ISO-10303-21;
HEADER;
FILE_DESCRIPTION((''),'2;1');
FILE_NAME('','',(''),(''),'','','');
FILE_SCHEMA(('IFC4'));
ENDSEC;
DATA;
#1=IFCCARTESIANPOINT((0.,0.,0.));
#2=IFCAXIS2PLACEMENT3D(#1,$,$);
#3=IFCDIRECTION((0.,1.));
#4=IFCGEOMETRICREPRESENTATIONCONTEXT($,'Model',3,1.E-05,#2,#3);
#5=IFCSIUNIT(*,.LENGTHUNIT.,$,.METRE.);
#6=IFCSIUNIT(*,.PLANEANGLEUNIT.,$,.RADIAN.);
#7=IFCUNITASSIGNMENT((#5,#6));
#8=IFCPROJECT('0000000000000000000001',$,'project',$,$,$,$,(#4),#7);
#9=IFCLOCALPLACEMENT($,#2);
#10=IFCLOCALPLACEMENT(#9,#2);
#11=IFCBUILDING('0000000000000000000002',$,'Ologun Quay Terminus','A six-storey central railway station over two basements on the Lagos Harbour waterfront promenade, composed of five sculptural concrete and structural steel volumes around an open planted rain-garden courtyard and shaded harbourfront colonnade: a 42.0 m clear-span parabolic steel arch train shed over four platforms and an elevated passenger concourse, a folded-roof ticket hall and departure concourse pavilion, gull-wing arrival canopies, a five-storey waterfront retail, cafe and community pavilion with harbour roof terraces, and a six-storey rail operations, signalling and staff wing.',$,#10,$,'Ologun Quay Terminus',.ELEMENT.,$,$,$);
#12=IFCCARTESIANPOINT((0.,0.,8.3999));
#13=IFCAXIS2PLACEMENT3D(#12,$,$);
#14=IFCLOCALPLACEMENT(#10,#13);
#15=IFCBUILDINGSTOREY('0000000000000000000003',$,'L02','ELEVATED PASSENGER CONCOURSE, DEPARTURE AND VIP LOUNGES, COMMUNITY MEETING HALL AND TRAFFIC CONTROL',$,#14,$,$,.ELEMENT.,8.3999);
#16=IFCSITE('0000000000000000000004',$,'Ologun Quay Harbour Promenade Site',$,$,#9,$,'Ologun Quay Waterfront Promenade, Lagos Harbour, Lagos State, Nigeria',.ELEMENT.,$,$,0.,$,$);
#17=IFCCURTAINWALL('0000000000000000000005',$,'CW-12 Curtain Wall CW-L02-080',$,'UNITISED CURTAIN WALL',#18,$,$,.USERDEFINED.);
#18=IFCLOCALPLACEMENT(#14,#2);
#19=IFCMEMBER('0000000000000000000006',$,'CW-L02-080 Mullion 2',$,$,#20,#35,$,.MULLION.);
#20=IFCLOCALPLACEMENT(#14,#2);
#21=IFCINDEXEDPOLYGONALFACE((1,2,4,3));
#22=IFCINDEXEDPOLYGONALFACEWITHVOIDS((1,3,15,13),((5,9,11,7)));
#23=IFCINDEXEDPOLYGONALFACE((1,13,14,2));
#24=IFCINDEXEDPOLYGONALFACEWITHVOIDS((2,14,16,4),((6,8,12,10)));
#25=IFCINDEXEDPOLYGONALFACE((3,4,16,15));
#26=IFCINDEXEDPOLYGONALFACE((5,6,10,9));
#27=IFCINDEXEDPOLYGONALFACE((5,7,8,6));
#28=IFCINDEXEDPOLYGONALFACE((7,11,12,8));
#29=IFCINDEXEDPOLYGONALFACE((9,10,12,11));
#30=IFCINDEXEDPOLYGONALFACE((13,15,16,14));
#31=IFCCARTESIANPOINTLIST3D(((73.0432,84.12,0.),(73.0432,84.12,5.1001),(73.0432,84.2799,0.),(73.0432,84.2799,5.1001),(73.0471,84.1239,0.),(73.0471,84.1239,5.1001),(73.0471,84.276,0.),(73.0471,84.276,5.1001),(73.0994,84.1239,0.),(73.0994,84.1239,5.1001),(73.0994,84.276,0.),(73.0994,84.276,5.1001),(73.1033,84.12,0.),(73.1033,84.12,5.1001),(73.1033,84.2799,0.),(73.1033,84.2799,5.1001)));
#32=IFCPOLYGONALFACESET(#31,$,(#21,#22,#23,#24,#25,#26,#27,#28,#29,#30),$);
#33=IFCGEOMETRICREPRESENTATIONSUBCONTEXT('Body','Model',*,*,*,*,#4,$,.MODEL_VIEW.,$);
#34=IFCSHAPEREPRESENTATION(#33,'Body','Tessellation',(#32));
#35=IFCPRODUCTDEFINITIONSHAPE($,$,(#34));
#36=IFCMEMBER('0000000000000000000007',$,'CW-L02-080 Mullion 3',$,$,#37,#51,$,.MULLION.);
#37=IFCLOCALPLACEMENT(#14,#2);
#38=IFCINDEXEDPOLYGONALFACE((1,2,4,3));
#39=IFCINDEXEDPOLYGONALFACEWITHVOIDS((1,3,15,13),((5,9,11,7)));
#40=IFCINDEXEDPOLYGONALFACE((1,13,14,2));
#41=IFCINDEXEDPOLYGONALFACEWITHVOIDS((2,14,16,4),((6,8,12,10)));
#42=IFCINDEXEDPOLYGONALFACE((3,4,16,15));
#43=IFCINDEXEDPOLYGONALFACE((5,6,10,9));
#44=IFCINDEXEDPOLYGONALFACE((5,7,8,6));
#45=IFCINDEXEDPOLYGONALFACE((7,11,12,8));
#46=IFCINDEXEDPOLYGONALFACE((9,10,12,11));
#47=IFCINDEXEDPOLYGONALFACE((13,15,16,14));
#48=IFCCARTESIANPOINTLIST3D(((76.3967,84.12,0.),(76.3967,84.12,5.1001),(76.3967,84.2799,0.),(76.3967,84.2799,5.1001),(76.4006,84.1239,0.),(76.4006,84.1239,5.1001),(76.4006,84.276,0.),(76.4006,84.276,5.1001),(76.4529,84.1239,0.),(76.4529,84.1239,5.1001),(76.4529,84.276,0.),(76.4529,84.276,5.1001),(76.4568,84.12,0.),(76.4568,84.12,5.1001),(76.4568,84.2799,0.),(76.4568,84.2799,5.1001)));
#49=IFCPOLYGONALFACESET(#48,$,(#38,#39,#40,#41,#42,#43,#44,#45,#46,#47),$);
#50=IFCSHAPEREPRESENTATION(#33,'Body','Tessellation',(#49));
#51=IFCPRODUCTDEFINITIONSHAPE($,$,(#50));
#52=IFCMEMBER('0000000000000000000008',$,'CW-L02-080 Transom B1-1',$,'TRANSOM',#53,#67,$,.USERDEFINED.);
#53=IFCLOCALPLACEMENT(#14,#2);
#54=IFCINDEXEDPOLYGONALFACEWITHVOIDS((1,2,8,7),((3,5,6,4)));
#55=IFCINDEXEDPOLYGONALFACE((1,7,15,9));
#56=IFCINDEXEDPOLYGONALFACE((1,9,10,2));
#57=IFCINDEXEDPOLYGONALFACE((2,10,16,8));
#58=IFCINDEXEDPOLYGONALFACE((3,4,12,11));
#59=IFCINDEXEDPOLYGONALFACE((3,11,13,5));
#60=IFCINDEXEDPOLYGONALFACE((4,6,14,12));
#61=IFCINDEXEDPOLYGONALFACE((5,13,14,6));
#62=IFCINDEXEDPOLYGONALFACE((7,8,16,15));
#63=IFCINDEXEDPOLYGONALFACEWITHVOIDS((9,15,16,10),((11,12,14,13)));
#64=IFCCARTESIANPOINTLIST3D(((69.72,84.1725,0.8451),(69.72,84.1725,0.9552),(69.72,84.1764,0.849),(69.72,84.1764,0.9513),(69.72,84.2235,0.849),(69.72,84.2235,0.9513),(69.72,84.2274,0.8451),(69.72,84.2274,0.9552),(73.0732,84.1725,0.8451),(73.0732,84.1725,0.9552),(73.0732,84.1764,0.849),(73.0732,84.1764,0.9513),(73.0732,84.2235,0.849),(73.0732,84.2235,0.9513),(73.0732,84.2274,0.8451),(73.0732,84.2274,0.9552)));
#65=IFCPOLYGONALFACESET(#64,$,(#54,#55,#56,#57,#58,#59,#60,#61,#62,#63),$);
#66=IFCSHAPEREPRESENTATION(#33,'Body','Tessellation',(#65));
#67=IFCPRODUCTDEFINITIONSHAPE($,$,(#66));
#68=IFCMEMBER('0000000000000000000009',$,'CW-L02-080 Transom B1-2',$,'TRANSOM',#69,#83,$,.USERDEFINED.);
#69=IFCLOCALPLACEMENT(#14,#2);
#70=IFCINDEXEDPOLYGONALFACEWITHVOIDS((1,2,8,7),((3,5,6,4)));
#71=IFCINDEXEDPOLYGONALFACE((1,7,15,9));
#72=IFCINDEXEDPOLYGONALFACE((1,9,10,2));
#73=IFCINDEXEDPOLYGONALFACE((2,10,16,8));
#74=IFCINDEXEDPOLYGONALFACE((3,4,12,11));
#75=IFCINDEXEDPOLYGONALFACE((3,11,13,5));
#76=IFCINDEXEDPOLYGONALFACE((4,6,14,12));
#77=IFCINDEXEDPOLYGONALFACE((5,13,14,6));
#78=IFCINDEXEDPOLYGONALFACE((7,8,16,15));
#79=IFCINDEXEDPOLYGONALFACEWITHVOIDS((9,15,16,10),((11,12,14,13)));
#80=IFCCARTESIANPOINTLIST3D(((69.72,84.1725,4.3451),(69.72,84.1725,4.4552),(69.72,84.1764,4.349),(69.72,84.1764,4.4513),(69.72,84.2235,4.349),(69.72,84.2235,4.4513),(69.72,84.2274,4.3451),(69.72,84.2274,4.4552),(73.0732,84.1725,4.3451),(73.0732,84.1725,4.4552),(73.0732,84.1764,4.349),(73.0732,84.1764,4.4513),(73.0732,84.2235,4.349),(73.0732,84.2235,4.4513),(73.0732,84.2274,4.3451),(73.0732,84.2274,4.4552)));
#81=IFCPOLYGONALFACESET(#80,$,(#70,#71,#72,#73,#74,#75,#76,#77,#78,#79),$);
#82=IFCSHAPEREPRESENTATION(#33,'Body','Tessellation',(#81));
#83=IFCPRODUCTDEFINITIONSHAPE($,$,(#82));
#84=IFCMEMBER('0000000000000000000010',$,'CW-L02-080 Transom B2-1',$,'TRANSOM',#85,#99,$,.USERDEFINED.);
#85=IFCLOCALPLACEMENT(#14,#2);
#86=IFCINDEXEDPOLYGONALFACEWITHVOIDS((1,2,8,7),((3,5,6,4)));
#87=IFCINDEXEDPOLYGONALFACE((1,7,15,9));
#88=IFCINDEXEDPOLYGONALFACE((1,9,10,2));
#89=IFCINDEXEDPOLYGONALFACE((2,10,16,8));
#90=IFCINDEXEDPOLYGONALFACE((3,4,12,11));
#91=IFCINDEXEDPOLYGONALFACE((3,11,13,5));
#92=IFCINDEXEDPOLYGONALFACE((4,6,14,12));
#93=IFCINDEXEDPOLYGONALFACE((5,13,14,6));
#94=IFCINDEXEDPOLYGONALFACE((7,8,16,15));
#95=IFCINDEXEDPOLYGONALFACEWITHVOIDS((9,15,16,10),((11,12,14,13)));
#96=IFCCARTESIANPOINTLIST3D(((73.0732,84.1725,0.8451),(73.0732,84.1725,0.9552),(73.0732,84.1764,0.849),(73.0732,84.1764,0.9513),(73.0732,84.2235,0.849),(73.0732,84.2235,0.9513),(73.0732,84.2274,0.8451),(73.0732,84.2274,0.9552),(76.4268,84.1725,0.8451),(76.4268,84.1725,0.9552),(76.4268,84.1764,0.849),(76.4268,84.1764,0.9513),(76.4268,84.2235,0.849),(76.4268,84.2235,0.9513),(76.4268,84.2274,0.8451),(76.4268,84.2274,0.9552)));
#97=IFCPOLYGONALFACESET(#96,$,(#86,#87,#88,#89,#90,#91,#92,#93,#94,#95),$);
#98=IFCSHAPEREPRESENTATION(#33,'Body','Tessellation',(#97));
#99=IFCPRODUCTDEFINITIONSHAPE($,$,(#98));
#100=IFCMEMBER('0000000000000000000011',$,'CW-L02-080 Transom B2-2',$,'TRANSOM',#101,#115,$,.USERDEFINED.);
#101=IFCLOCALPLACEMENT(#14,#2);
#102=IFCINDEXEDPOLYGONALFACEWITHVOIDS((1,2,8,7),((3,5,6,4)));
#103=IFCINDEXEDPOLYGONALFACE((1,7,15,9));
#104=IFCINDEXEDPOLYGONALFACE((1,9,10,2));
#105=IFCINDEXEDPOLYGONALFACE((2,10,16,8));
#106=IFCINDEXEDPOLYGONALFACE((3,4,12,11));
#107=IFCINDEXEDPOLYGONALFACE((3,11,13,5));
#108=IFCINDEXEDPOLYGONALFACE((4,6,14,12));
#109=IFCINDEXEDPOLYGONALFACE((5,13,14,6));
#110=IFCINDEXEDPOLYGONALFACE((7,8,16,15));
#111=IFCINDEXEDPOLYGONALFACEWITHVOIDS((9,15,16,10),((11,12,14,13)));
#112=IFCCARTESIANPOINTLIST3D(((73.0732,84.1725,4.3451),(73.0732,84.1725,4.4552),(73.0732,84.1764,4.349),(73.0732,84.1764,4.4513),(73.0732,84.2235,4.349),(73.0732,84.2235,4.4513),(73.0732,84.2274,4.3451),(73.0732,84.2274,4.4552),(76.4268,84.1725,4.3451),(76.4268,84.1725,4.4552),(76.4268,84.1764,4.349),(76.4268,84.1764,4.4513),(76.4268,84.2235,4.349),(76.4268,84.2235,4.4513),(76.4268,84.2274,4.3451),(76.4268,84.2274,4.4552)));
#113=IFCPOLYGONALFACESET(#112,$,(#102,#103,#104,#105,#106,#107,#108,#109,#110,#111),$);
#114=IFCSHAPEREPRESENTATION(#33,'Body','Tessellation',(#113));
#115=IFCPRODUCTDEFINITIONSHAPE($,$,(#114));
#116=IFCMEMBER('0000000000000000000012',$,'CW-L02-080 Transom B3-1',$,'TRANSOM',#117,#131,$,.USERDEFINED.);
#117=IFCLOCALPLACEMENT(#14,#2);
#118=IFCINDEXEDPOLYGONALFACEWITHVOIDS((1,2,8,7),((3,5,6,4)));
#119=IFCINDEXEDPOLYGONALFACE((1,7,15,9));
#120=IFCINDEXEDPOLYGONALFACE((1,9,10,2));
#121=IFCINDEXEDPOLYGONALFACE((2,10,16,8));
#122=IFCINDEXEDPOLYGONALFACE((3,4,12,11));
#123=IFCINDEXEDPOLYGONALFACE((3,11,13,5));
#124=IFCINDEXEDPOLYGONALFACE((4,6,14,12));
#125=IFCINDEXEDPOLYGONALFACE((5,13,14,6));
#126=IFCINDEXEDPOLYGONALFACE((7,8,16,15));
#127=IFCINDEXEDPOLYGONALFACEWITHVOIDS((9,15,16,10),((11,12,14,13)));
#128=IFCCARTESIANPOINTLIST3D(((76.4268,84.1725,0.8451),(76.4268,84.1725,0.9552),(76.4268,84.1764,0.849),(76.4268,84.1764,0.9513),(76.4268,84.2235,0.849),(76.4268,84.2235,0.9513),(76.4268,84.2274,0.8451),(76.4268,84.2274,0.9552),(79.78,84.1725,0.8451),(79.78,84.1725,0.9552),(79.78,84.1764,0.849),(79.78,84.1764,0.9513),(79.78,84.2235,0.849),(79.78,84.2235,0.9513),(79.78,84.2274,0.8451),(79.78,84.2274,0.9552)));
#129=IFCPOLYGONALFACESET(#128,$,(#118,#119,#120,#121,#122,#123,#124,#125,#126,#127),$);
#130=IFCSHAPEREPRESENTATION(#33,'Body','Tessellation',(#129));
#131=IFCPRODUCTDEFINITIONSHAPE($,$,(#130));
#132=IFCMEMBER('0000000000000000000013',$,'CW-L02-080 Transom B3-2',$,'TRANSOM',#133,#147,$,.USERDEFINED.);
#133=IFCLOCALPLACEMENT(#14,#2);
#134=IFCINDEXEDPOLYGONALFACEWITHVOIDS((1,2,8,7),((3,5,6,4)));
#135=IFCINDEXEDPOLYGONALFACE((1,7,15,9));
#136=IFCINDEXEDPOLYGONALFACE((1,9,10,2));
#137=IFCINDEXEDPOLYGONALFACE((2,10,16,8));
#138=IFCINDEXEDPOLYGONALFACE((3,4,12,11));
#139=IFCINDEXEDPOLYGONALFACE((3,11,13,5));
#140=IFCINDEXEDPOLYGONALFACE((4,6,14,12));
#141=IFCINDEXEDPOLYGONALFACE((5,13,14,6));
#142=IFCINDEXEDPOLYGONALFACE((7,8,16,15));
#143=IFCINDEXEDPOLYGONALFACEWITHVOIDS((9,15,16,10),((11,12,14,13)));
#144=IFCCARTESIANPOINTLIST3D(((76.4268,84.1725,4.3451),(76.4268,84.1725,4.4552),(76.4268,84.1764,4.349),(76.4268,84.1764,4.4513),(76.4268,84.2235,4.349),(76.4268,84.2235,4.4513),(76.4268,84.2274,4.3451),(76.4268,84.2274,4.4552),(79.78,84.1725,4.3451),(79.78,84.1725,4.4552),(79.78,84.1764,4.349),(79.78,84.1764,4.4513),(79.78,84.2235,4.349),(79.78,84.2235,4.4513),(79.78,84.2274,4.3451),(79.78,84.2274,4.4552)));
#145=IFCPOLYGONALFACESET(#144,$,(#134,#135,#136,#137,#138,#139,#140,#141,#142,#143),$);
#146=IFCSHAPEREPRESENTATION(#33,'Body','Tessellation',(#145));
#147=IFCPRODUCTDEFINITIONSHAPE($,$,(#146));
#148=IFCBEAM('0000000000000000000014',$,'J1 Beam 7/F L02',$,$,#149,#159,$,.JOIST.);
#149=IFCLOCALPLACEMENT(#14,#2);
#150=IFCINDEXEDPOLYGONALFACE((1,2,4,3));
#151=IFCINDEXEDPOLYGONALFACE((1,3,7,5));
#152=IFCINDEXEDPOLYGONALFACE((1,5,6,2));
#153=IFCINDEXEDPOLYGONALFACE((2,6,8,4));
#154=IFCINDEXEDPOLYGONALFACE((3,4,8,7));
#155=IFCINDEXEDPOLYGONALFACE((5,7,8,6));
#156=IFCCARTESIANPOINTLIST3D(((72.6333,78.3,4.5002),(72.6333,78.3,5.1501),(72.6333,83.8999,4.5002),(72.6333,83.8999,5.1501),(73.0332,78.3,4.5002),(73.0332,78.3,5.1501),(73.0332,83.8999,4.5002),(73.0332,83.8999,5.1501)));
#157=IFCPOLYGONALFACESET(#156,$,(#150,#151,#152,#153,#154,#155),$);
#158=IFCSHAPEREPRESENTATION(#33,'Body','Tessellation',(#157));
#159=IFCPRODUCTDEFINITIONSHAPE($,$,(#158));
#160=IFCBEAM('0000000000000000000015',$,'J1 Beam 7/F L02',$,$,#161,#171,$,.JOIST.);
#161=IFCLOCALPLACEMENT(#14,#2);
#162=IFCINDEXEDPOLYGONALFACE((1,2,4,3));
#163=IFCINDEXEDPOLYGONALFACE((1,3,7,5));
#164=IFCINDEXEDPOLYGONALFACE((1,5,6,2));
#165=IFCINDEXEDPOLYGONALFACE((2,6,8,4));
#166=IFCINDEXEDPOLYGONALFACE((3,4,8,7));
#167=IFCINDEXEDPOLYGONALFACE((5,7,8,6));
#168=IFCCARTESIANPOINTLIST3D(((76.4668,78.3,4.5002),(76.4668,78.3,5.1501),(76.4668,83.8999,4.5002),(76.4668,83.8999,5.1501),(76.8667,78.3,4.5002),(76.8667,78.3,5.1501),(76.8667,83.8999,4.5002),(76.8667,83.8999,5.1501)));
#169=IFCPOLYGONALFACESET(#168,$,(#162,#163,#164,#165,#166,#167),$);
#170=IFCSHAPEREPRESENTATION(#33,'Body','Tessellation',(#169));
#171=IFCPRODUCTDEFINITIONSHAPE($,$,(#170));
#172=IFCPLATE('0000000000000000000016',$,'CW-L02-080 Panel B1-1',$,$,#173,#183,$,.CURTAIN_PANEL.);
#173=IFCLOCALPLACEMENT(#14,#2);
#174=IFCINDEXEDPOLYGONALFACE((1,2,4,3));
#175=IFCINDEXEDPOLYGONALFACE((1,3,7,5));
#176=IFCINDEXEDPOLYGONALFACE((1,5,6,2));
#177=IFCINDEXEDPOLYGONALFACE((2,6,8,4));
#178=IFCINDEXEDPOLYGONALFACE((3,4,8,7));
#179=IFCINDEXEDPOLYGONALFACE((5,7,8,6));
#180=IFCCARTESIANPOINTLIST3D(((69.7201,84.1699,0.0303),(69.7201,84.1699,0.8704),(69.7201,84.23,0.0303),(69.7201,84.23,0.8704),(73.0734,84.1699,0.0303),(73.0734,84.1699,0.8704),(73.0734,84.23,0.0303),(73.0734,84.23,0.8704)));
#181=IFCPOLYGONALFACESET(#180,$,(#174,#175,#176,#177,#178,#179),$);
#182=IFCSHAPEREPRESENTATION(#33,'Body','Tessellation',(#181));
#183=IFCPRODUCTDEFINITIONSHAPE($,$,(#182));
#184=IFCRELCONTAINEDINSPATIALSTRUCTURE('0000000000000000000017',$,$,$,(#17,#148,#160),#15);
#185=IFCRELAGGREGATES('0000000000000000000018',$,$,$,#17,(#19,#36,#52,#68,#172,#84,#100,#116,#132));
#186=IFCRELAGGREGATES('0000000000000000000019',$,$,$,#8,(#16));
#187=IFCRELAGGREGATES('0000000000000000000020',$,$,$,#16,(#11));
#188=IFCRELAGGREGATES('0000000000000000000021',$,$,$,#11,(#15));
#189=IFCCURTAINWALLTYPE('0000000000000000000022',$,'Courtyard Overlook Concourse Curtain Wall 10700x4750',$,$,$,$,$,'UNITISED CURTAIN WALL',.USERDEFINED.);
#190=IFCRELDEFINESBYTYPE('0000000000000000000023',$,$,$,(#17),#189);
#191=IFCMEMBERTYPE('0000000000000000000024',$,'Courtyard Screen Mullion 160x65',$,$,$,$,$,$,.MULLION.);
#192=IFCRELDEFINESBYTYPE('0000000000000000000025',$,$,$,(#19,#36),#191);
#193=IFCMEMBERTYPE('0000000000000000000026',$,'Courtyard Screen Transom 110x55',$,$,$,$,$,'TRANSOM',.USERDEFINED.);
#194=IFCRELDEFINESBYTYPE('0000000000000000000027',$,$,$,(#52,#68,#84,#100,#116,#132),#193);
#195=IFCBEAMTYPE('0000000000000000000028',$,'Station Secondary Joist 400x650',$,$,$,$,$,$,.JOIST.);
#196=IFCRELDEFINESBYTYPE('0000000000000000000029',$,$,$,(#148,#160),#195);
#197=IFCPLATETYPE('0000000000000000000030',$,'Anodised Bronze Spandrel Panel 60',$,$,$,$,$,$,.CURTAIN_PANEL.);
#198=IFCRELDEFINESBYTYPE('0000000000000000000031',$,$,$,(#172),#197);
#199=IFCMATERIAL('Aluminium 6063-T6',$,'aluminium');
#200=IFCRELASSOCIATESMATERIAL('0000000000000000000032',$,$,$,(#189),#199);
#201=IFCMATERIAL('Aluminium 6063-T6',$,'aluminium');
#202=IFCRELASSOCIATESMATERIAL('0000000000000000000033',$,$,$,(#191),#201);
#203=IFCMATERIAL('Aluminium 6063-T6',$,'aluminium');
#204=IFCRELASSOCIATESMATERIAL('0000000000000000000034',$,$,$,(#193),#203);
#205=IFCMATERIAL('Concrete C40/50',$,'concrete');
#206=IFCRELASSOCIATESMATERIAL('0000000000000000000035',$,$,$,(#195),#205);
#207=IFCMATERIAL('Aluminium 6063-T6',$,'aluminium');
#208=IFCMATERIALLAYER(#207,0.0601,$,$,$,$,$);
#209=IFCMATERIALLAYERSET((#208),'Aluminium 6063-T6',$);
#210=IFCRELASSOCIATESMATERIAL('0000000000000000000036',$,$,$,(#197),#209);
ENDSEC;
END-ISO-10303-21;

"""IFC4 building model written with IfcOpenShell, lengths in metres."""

from ifc_helpers import new_model, si_unit, direction, frame, origin, origin_2d, place, context, subcontext, project, spatial, rectangle, hollow_rectangle, extrude, material, layer, layer_set, material_profile, profile_set, type_object, element, aggregate, save


model = new_model("IFC4")

# Units and contexts
model_context = context("Model", 3, precision=1e-05, world=origin(), true_north=direction((0.0, 1.0)))
body_context = subcontext(model_context, "Body", "Model", "MODEL_VIEW")
ifc_project = project(units=[si_unit("LENGTHUNIT", "METRE"), si_unit("PLANEANGLEUNIT", "RADIAN")], contexts=[model_context])

# Site, building, storey
site_placement = place(None, origin())
site = spatial("IfcSite", under=ifc_project, at=site_placement, Name="Ologun Quay Harbour Promenade Site", LongName="Ologun Quay Waterfront Promenade, Lagos Harbour, Lagos State, Nigeria", CompositionType="ELEMENT", RefElevation=0.0)
building_placement = place(site_placement, origin())
building = spatial("IfcBuilding", under=site, at=building_placement, Name="Ologun Quay Terminus", Description="A six-storey central railway station over two basements on the Lagos Harbour waterfront promenade, composed of five sculptural concrete and structural steel volumes around an open planted rain-garden courtyard and shaded harbourfront colonnade: a 42.0 m clear-span parabolic steel arch train shed over four platforms and an elevated passenger concourse, a folded-roof ticket hall and departure concourse pavilion, gull-wing arrival canopies, a five-storey waterfront retail, cafe and community pavilion with harbour roof terraces, and a six-storey rail operations, signalling and staff wing.", LongName="Ologun Quay Terminus", CompositionType="ELEMENT")
storey_placement = place(building_placement, frame((0.0, 0.0, 8.3999)))
storey = spatial("IfcBuildingStorey", under=building, at=storey_placement, Name="L02", Description="ELEVATED PASSENGER CONCOURSE, DEPARTURE AND VIP LOUNGES, COMMUNITY MEETING HALL AND TRAFFIC CONTROL", CompositionType="ELEMENT", Elevation=8.3999)

# Curtain wall, members
ifc_material_1 = material(Name="Aluminium 6063-T6", Category="aluminium")
curtain_wall_type_1 = type_object("IfcCurtainWallType", Name="Courtyard Overlook Concourse Curtain Wall 10700x4750", ElementType="UNITISED CURTAIN WALL", PredefinedType="USERDEFINED", material=ifc_material_1)
curtain_wall_1_placement = place(storey_placement, origin())
curtain_wall_1 = element("IfcCurtainWall", 1, at=curtain_wall_1_placement, inside=storey, type_object=curtain_wall_type_1, Name="CW-12 Curtain Wall CW-L02-080", ObjectType="UNITISED CURTAIN WALL", PredefinedType="USERDEFINED")
ifc_material_2 = material(Name="Aluminium 6063-T6", Category="aluminium")
ifc_material_profile_1 = material_profile(ifc_material_2, hollow_rectangle(XDim=0.0601, YDim=0.1599, WallThickness=0.0039, at=origin_2d()), Name="ALU 160x60x4")
ifc_profile_set_1 = profile_set([ifc_material_profile_1], Name="Aluminium 6063-T6")
member_type_1 = type_object("IfcMemberType", Name="Courtyard Screen Mullion 160x65", PredefinedType="MULLION", material=ifc_profile_set_1)
member_1_placement = place(storey_placement, frame((73.0732, 84.2, 0.0), z_axis=(0.0, 0.0, 1.0), x_axis=(1.0, 0.0, 0.0)))
member_1 = element("IfcMember", 2, at=member_1_placement, type_object=member_type_1, Name="CW-L02-080 Mullion 2", PredefinedType="MULLION", context=body_context, shape_type="SweptSolid", body=[
    extrude(hollow_rectangle(XDim=0.0601, YDim=0.1599, WallThickness=0.0039, at=origin_2d()), origin(), (0.0, 0.0, 1.0), 5.1001),
])
member_2_placement = place(storey_placement, frame((76.4268, 84.2, 0.0), z_axis=(0.0, 0.0, 1.0), x_axis=(1.0, 0.0, 0.0)))
member_2 = element("IfcMember", 3, at=member_2_placement, type_object=member_type_1, Name="CW-L02-080 Mullion 3", PredefinedType="MULLION", context=body_context, shape_type="SweptSolid", body=[
    extrude(hollow_rectangle(XDim=0.0601, YDim=0.1599, WallThickness=0.0039, at=origin_2d()), origin(), (0.0, 0.0, 1.0), 5.1001),
])
ifc_material_3 = material(Name="Aluminium 6063-T6", Category="aluminium")
ifc_material_profile_2 = material_profile(ifc_material_3, hollow_rectangle(XDim=0.0549, YDim=0.1101, WallThickness=0.0039, at=origin_2d()), Name="ALU 110x55x4")
ifc_profile_set_2 = profile_set([ifc_material_profile_2], Name="Aluminium 6063-T6")
member_type_2 = type_object("IfcMemberType", Name="Courtyard Screen Transom 110x55", ElementType="TRANSOM", PredefinedType="USERDEFINED", material=ifc_profile_set_2)
member_3_placement = place(storey_placement, frame((69.72, 84.2, 0.9001), z_axis=(1.0, 0.0, 0.0), x_axis=(0.0, 1.0, 0.0)))
member_3 = element("IfcMember", 4, at=member_3_placement, type_object=member_type_2, Name="CW-L02-080 Transom B1-1", ObjectType="TRANSOM", PredefinedType="USERDEFINED", context=body_context, shape_type="SweptSolid", body=[
    extrude(hollow_rectangle(XDim=0.0549, YDim=0.1101, WallThickness=0.0039, at=origin_2d()), origin(), (0.0, 0.0, 1.0), 3.3533),
])
member_4_placement = place(storey_placement, frame((69.72, 84.2, 4.4001), z_axis=(1.0, 0.0, 0.0), x_axis=(0.0, 1.0, 0.0)))
member_4 = element("IfcMember", 5, at=member_4_placement, type_object=member_type_2, Name="CW-L02-080 Transom B1-2", ObjectType="TRANSOM", PredefinedType="USERDEFINED", context=body_context, shape_type="SweptSolid", body=[
    extrude(hollow_rectangle(XDim=0.0549, YDim=0.1101, WallThickness=0.0039, at=origin_2d()), origin(), (0.0, 0.0, 1.0), 3.3533),
])
member_5_placement = place(storey_placement, frame((73.0732, 84.2, 0.9001), z_axis=(1.0, 0.0, 0.0), x_axis=(0.0, 1.0, 0.0)))
member_5 = element("IfcMember", 6, at=member_5_placement, type_object=member_type_2, Name="CW-L02-080 Transom B2-1", ObjectType="TRANSOM", PredefinedType="USERDEFINED", context=body_context, shape_type="SweptSolid", body=[
    extrude(hollow_rectangle(XDim=0.0549, YDim=0.1101, WallThickness=0.0039, at=origin_2d()), origin(), (0.0, 0.0, 1.0), 3.3535),
])
member_6_placement = place(storey_placement, frame((73.0732, 84.2, 4.4001), z_axis=(1.0, 0.0, 0.0), x_axis=(0.0, 1.0, 0.0)))
member_6 = element("IfcMember", 7, at=member_6_placement, type_object=member_type_2, Name="CW-L02-080 Transom B2-2", ObjectType="TRANSOM", PredefinedType="USERDEFINED", context=body_context, shape_type="SweptSolid", body=[
    extrude(hollow_rectangle(XDim=0.0549, YDim=0.1101, WallThickness=0.0039, at=origin_2d()), origin(), (0.0, 0.0, 1.0), 3.3535),
])
member_7_placement = place(storey_placement, frame((76.4268, 84.2, 0.9001), z_axis=(1.0, 0.0, 0.0), x_axis=(0.0, 1.0, 0.0)))
member_7 = element("IfcMember", 8, at=member_7_placement, type_object=member_type_2, Name="CW-L02-080 Transom B3-1", ObjectType="TRANSOM", PredefinedType="USERDEFINED", context=body_context, shape_type="SweptSolid", body=[
    extrude(hollow_rectangle(XDim=0.0549, YDim=0.1101, WallThickness=0.0039, at=origin_2d()), origin(), (0.0, 0.0, 1.0), 3.3533),
])
member_8_placement = place(storey_placement, frame((76.4268, 84.2, 4.4001), z_axis=(1.0, 0.0, 0.0), x_axis=(0.0, 1.0, 0.0)))
member_8 = element("IfcMember", 9, at=member_8_placement, type_object=member_type_2, Name="CW-L02-080 Transom B3-2", ObjectType="TRANSOM", PredefinedType="USERDEFINED", context=body_context, shape_type="SweptSolid", body=[
    extrude(hollow_rectangle(XDim=0.0549, YDim=0.1101, WallThickness=0.0039, at=origin_2d()), origin(), (0.0, 0.0, 1.0), 3.3533),
])

# Beams
ifc_material_4 = material(Name="Concrete C40/50", Category="concrete")
ifc_material_profile_3 = material_profile(ifc_material_4, rectangle(XDim=0.3999, YDim=0.6499, at=origin_2d()), Name="RC 400x650")
ifc_profile_set_3 = profile_set([ifc_material_profile_3], Name="Concrete C40/50")
beam_type = type_object("IfcBeamType", Name="Station Secondary Joist 400x650", PredefinedType="JOIST", material=ifc_profile_set_3)
for number, where, z_axis, x_axis, name in (
    (10, (72.8333, 78.3, 4.8252), (0.0, 1.0, 0.0), (-1.0, 0.0, 0.0), "J1 Beam 7/F L02"),
    (11, (76.6667, 78.3, 4.8252), (0.0, 1.0, 0.0), (-1.0, 0.0, 0.0), "J1 Beam 7/F L02"),
):
    element("IfcBeam", number, at=place(storey_placement, frame(where, z_axis=z_axis, x_axis=x_axis)), inside=storey, type_object=beam_type, Name=name, PredefinedType="JOIST", context=body_context, shape_type="SweptSolid", body=[
        extrude(rectangle(XDim=0.3999, YDim=0.6499, at=origin_2d()), origin(), (0.0, 0.0, 1.0), 5.5999),
    ])

# Plate
ifc_material_5 = material(Name="Aluminium 6063-T6", Category="aluminium")
ifc_layer_1 = layer(ifc_material_5, 0.0601)
ifc_layer_set_1 = layer_set([ifc_layer_1], Name="Aluminium 6063-T6")
plate_type_1 = type_object("IfcPlateType", Name="Anodised Bronze Spandrel Panel 60", PredefinedType="CURTAIN_PANEL", material=ifc_layer_set_1)
plate_1_placement = place(storey_placement, frame((71.3967, 84.2, 0.0303), z_axis=(0.0, 0.0, 1.0), x_axis=(1.0, 0.0, 0.0)))
plate_1 = element("IfcPlate", 12, at=plate_1_placement, type_object=plate_type_1, Name="CW-L02-080 Panel B1-1", PredefinedType="CURTAIN_PANEL", context=body_context, shape_type="SweptSolid", body=[
    extrude(rectangle(XDim=3.3533, YDim=0.0601, at=origin_2d()), origin(), (0.0, 0.0, 1.0), 0.8401),
])
aggregate(curtain_wall_1, [member_1, member_2, member_3, member_4, plate_1, member_5, member_6, member_7, member_8])

save(model, "model.ifc")
